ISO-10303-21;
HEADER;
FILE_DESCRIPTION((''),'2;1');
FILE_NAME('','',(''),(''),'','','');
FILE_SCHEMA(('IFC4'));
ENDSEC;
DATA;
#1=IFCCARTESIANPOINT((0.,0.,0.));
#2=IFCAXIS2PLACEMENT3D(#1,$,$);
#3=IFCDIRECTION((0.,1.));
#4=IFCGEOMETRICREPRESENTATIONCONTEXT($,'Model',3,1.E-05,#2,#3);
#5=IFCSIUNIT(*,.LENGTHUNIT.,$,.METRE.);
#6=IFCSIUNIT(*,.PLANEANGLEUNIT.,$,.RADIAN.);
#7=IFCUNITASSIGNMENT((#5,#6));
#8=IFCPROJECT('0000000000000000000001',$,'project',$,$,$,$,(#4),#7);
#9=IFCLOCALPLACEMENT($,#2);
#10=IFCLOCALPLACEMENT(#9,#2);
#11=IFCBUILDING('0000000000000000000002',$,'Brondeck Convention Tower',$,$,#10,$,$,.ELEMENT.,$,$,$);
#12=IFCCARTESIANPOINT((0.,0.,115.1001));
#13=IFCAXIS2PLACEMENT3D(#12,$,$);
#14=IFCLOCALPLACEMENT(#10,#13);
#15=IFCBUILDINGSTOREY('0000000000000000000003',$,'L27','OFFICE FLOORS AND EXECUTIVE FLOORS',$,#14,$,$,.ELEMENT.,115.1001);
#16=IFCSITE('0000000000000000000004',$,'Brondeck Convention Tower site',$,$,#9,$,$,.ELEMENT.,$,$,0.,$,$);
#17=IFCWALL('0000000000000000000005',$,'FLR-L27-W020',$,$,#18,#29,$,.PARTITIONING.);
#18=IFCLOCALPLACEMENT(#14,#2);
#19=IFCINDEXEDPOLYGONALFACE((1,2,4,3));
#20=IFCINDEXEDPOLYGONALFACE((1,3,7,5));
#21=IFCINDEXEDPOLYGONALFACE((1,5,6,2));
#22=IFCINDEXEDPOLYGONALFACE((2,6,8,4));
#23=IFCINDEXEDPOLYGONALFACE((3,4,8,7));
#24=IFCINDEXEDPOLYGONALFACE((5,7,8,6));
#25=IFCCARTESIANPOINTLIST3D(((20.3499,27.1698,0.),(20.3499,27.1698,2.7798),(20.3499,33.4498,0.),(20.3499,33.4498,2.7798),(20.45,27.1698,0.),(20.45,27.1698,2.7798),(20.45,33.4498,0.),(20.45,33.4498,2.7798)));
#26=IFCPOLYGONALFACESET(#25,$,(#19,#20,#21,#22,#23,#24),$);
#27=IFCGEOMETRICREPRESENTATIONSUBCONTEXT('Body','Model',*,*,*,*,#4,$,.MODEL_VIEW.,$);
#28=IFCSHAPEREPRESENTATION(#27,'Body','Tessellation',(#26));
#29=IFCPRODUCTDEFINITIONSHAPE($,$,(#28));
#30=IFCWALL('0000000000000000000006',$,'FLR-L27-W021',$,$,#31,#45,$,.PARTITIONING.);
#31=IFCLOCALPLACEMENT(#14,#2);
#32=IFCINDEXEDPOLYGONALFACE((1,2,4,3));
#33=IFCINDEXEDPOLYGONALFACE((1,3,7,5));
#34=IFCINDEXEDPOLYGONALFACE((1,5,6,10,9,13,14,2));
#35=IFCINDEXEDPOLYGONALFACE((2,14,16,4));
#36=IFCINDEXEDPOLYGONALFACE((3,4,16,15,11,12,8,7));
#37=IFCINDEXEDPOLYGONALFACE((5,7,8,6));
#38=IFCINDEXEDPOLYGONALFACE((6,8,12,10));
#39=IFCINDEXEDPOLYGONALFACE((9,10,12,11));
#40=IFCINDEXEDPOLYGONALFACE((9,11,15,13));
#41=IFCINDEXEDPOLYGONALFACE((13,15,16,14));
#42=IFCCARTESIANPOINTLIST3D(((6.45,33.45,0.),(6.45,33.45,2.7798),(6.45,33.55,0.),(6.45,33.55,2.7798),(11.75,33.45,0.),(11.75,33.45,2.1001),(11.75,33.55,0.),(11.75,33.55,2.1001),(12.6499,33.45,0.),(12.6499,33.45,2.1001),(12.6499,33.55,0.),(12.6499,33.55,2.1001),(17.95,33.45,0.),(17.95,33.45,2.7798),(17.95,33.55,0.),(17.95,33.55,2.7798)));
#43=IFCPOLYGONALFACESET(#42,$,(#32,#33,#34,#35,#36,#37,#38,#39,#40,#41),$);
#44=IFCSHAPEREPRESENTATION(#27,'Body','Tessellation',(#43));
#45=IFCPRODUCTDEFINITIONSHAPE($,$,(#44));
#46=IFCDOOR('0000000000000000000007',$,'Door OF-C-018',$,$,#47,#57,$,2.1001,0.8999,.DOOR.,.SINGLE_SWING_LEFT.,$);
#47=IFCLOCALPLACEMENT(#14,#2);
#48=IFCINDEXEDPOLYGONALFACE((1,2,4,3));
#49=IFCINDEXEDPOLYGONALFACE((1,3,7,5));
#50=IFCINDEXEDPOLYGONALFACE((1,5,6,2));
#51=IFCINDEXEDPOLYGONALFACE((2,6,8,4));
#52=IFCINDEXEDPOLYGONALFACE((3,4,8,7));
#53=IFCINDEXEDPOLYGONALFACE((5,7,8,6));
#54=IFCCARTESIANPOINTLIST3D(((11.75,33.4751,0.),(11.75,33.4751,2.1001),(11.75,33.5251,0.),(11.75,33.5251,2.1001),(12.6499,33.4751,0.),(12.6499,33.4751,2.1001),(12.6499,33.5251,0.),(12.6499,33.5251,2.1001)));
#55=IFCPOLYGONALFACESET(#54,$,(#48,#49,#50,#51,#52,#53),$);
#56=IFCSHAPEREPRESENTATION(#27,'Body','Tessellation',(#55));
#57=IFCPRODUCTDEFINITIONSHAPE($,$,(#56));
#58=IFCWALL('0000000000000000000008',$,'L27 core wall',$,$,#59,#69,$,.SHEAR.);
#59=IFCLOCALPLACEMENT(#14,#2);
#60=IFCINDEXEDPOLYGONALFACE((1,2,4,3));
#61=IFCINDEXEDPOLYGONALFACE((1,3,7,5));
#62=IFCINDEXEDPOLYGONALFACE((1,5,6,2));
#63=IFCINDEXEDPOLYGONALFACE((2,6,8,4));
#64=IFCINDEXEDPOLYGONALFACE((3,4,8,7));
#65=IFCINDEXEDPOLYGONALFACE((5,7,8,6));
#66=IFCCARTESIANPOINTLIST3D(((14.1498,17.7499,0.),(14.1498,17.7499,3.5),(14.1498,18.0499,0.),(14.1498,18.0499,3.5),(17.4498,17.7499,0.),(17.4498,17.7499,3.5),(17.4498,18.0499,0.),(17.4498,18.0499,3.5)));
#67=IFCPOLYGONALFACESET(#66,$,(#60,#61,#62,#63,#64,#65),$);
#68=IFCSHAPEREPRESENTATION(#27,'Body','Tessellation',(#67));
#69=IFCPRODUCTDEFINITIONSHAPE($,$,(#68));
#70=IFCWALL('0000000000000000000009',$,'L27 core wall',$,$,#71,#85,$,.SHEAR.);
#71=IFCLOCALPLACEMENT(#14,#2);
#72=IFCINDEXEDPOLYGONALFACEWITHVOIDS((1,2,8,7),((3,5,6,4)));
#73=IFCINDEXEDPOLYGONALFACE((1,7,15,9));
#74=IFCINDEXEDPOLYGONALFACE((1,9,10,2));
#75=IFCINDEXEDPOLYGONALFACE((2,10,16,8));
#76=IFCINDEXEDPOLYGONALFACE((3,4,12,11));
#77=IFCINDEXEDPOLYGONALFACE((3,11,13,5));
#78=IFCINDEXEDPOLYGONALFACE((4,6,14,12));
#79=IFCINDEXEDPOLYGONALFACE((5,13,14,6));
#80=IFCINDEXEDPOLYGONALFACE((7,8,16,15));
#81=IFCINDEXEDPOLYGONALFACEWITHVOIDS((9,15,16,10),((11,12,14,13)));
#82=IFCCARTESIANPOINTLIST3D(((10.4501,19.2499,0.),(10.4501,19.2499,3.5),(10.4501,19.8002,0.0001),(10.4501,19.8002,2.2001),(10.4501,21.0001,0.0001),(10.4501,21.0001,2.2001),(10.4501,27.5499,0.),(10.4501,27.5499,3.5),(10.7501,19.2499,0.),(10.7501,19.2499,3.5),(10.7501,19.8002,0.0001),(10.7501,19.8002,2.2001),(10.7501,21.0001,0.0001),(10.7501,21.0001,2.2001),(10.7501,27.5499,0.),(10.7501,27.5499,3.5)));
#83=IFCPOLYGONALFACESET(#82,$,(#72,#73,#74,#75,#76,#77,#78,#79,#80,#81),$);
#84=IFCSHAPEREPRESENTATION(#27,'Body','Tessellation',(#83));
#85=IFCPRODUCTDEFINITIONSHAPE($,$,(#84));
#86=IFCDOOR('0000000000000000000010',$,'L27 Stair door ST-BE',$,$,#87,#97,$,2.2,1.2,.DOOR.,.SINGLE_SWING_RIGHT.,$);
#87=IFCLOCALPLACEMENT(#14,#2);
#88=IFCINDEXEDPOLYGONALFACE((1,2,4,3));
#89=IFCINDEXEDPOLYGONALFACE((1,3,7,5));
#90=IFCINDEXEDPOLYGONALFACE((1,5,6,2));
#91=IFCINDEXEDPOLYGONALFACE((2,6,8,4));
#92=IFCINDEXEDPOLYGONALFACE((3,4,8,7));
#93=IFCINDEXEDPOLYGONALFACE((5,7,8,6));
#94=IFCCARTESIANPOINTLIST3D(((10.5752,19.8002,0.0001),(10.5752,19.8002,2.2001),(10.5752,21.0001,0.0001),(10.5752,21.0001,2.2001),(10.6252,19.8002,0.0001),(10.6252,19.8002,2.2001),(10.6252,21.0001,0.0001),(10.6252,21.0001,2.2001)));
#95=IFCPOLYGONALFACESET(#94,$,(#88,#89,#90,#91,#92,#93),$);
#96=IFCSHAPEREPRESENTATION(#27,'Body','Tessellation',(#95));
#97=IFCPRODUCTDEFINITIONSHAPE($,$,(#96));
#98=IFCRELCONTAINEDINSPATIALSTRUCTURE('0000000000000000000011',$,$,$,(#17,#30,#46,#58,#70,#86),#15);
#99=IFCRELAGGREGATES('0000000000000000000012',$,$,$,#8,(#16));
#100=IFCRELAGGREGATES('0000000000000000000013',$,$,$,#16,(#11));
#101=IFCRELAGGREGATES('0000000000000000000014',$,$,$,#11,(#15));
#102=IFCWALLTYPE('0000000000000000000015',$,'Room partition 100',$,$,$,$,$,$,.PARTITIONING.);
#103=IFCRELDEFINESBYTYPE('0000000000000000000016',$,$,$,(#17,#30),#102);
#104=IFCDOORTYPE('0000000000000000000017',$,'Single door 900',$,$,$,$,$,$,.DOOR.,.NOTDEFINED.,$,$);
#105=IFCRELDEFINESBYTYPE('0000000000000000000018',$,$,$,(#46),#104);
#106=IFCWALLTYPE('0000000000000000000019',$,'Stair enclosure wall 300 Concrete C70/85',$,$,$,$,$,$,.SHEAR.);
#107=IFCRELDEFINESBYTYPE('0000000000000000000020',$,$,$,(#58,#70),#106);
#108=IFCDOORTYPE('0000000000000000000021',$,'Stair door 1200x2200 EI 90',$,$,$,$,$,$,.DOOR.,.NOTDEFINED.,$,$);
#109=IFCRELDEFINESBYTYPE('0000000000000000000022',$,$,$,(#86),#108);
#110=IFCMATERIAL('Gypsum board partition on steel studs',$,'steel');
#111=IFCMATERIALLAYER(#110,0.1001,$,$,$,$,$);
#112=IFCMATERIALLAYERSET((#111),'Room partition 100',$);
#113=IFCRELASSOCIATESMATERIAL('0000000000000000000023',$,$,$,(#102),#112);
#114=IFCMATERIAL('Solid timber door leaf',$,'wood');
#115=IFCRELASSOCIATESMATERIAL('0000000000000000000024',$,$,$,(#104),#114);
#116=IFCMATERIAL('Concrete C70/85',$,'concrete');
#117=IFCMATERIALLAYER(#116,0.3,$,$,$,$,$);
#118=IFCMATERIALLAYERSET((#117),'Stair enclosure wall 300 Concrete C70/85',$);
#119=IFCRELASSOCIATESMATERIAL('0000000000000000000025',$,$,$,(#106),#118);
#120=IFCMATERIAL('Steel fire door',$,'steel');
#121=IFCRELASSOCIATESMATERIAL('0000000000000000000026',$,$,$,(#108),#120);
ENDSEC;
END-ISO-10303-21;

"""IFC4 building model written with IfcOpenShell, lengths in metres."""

from ifc_helpers import new_model, si_unit, direction, frame, frame_2d, origin, place, context, subcontext, project, spatial, rectangle, extrude, material, layer, layer_set, type_object, element, fill, save


model = new_model("IFC4")

# Units and contexts
model_context = context("Model", 3, precision=1e-05, world=origin(), true_north=direction((0.0, 1.0)))
body_context = subcontext(model_context, "Body", "Model", "MODEL_VIEW")
ifc_project = project(units=[si_unit("LENGTHUNIT", "METRE"), si_unit("PLANEANGLEUNIT", "RADIAN")], contexts=[model_context])

# Site, building, storey
site_placement = place(None, origin())
site = spatial("IfcSite", under=ifc_project, at=site_placement, Name="Brondeck Convention Tower site", CompositionType="ELEMENT", RefElevation=0.0)
building_placement = place(site_placement, origin())
building = spatial("IfcBuilding", under=site, at=building_placement, Name="Brondeck Convention Tower", CompositionType="ELEMENT")
storey_placement = place(building_placement, frame((0.0, 0.0, 115.1001)))
storey = spatial("IfcBuildingStorey", under=building, at=storey_placement, Name="L27", Description="OFFICE FLOORS AND EXECUTIVE FLOORS", CompositionType="ELEMENT", Elevation=115.1001)

# Shared definitions
ifc_material_1 = material(Name="Concrete C70/85", Category="concrete")

# Shared definitions
ifc_material_2 = material(Name="Gypsum board partition on steel studs", Category="steel")
ifc_layer_1 = layer(ifc_material_2, 0.1001)
ifc_layer_set_1 = layer_set([ifc_layer_1], Name="Room partition 100")
wall_type_1 = type_object("IfcWallType", Name="Room partition 100", PredefinedType="PARTITIONING", material=ifc_layer_set_1)

# Shared definitions
ifc_material_3 = material(Name="Solid timber door leaf", Category="wood")
door_type_1 = type_object("IfcDoorType", Name="Single door 900", OperationType="NOTDEFINED", PredefinedType="DOOR", material=ifc_material_3)

# Wall
for number, where, z_axis, x_axis, name in (
    (1, (20.3999, 33.45, 0.0), (0.0, 0.0, 1.0), (0.0, -1.0, 0.0), "FLR-L27-W020"),
):
    element("IfcWall", number, at=place(storey_placement, frame(where, z_axis=z_axis, x_axis=x_axis)), inside=storey, type_object=wall_type_1, Name=name, PredefinedType="PARTITIONING", context=body_context, shape_type="SweptSolid", body=[
        extrude(rectangle(XDim=6.28, YDim=0.1001, at=frame_2d((3.1401, 0.0))), origin(), (0.0, 0.0, 1.0), 2.7798),
    ])

# Wall, opening, door
wall_1_placement = place(storey_placement, frame((17.95, 33.5, 0.0), z_axis=(0.0, 0.0, 1.0), x_axis=(-1.0, 0.0, 0.0)))
wall_1 = element("IfcWall", 2, at=wall_1_placement, inside=storey, type_object=wall_type_1, Name="FLR-L27-W021", PredefinedType="PARTITIONING", context=body_context, shape_type="SweptSolid", body=[
    extrude(rectangle(XDim=11.5, YDim=0.1001, at=frame_2d((5.75, 0.0))), origin(), (0.0, 0.0, 1.0), 2.7798),
])
opening_1_placement = place(wall_1_placement, frame((5.3, 0.0, 0.0)))
opening_1 = element("IfcOpeningElement", 3, at=opening_1_placement, cuts=wall_1, PredefinedType="OPENING", context=body_context, shape_type="SweptSolid", body=[
    extrude(rectangle(XDim=0.8999, YDim=2.1001, at=frame_2d((0.45, 1.05))), frame((0.0, 0.0601, 0.0), z_axis=(0.0, -1.0, 0.0), x_axis=(1.0, 0.0, 0.0)), (0.0, 0.0, 1.0), 0.1201),
])
door_1_placement = place(opening_1_placement, origin())
door_1 = element("IfcDoor", 4, at=door_1_placement, inside=storey, type_object=door_type_1, Name="Door OF-C-018", OperationType="SINGLE_SWING_LEFT", OverallHeight=2.1001, OverallWidth=0.8999, PredefinedType="DOOR", context=body_context, shape_type="SweptSolid", body=[
    extrude(rectangle(XDim=0.8999, YDim=2.1001, at=frame_2d((0.45, 1.05))), frame((0.0, 0.0249, 0.0), z_axis=(0.0, -1.0, 0.0), x_axis=(1.0, 0.0, 0.0)), (0.0, 0.0, 1.0), 0.05),
])
fill(opening_1, door_1)

# Wall
ifc_layer_2 = layer(ifc_material_1, 0.3)
ifc_layer_set_2 = layer_set([ifc_layer_2], Name="Stair enclosure wall 300 Concrete C70/85")
wall_type_2 = type_object("IfcWallType", Name="Stair enclosure wall 300 Concrete C70/85", PredefinedType="SHEAR", material=ifc_layer_set_2)
wall_2_placement = place(storey_placement, frame((14.1499, 17.8999, 0.0), z_axis=(0.0, 0.0, 1.0), x_axis=(1.0, 0.0, 0.0)))
element("IfcWall", 5, at=wall_2_placement, inside=storey, type_object=wall_type_2, Name="L27 core wall", PredefinedType="SHEAR", context=body_context, shape_type="SweptSolid", body=[
    extrude(rectangle(XDim=3.3, YDim=0.3, at=frame_2d((1.6499, 0.0))), origin(), (0.0, 0.0, 1.0), 3.5),
])

# Wall, opening, door
wall_3_placement = place(storey_placement, frame((10.6001, 19.25, 0.0), z_axis=(0.0, 0.0, 1.0), x_axis=(0.0, 1.0, 0.0)))
wall_3 = element("IfcWall", 6, at=wall_3_placement, inside=storey, type_object=wall_type_2, Name="L27 core wall", PredefinedType="SHEAR", context=body_context, shape_type="SweptSolid", body=[
    extrude(rectangle(XDim=8.3, YDim=0.3, at=frame_2d((4.1499, 0.0))), origin(), (0.0, 0.0, 1.0), 3.5),
])
opening_2_placement = place(wall_3_placement, frame((0.55, 0.0, 0.0)))
opening_2 = element("IfcOpeningElement", 7, at=opening_2_placement, cuts=wall_3, PredefinedType="OPENING", context=body_context, shape_type="SweptSolid", body=[
    extrude(rectangle(XDim=1.2, YDim=2.2, at=frame_2d((0.6001, 1.1001))), frame((0.0, 0.1599, 0.0), z_axis=(0.0, -1.0, 0.0), x_axis=(1.0, 0.0, 0.0)), (0.0, 0.0, 1.0), 0.3201),
])
ifc_material_4 = material(Name="Steel fire door", Category="steel")
door_type_2 = type_object("IfcDoorType", Name="Stair door 1200x2200 EI 90", OperationType="NOTDEFINED", PredefinedType="DOOR", material=ifc_material_4)
door_2_placement = place(opening_2_placement, origin())
door_2 = element("IfcDoor", 8, at=door_2_placement, inside=storey, type_object=door_type_2, Name="L27 Stair door ST-BE", OperationType="SINGLE_SWING_RIGHT", OverallHeight=2.2, OverallWidth=1.2, PredefinedType="DOOR", context=body_context, shape_type="SweptSolid", body=[
    extrude(rectangle(XDim=1.2, YDim=2.2, at=frame_2d((0.6001, 1.1001))), frame((0.0, 0.0249, 0.0), z_axis=(0.0, -1.0, 0.0), x_axis=(1.0, 0.0, 0.0)), (0.0, 0.0, 1.0), 0.05),
])
fill(opening_2, door_2)

save(model, "model.ifc")
